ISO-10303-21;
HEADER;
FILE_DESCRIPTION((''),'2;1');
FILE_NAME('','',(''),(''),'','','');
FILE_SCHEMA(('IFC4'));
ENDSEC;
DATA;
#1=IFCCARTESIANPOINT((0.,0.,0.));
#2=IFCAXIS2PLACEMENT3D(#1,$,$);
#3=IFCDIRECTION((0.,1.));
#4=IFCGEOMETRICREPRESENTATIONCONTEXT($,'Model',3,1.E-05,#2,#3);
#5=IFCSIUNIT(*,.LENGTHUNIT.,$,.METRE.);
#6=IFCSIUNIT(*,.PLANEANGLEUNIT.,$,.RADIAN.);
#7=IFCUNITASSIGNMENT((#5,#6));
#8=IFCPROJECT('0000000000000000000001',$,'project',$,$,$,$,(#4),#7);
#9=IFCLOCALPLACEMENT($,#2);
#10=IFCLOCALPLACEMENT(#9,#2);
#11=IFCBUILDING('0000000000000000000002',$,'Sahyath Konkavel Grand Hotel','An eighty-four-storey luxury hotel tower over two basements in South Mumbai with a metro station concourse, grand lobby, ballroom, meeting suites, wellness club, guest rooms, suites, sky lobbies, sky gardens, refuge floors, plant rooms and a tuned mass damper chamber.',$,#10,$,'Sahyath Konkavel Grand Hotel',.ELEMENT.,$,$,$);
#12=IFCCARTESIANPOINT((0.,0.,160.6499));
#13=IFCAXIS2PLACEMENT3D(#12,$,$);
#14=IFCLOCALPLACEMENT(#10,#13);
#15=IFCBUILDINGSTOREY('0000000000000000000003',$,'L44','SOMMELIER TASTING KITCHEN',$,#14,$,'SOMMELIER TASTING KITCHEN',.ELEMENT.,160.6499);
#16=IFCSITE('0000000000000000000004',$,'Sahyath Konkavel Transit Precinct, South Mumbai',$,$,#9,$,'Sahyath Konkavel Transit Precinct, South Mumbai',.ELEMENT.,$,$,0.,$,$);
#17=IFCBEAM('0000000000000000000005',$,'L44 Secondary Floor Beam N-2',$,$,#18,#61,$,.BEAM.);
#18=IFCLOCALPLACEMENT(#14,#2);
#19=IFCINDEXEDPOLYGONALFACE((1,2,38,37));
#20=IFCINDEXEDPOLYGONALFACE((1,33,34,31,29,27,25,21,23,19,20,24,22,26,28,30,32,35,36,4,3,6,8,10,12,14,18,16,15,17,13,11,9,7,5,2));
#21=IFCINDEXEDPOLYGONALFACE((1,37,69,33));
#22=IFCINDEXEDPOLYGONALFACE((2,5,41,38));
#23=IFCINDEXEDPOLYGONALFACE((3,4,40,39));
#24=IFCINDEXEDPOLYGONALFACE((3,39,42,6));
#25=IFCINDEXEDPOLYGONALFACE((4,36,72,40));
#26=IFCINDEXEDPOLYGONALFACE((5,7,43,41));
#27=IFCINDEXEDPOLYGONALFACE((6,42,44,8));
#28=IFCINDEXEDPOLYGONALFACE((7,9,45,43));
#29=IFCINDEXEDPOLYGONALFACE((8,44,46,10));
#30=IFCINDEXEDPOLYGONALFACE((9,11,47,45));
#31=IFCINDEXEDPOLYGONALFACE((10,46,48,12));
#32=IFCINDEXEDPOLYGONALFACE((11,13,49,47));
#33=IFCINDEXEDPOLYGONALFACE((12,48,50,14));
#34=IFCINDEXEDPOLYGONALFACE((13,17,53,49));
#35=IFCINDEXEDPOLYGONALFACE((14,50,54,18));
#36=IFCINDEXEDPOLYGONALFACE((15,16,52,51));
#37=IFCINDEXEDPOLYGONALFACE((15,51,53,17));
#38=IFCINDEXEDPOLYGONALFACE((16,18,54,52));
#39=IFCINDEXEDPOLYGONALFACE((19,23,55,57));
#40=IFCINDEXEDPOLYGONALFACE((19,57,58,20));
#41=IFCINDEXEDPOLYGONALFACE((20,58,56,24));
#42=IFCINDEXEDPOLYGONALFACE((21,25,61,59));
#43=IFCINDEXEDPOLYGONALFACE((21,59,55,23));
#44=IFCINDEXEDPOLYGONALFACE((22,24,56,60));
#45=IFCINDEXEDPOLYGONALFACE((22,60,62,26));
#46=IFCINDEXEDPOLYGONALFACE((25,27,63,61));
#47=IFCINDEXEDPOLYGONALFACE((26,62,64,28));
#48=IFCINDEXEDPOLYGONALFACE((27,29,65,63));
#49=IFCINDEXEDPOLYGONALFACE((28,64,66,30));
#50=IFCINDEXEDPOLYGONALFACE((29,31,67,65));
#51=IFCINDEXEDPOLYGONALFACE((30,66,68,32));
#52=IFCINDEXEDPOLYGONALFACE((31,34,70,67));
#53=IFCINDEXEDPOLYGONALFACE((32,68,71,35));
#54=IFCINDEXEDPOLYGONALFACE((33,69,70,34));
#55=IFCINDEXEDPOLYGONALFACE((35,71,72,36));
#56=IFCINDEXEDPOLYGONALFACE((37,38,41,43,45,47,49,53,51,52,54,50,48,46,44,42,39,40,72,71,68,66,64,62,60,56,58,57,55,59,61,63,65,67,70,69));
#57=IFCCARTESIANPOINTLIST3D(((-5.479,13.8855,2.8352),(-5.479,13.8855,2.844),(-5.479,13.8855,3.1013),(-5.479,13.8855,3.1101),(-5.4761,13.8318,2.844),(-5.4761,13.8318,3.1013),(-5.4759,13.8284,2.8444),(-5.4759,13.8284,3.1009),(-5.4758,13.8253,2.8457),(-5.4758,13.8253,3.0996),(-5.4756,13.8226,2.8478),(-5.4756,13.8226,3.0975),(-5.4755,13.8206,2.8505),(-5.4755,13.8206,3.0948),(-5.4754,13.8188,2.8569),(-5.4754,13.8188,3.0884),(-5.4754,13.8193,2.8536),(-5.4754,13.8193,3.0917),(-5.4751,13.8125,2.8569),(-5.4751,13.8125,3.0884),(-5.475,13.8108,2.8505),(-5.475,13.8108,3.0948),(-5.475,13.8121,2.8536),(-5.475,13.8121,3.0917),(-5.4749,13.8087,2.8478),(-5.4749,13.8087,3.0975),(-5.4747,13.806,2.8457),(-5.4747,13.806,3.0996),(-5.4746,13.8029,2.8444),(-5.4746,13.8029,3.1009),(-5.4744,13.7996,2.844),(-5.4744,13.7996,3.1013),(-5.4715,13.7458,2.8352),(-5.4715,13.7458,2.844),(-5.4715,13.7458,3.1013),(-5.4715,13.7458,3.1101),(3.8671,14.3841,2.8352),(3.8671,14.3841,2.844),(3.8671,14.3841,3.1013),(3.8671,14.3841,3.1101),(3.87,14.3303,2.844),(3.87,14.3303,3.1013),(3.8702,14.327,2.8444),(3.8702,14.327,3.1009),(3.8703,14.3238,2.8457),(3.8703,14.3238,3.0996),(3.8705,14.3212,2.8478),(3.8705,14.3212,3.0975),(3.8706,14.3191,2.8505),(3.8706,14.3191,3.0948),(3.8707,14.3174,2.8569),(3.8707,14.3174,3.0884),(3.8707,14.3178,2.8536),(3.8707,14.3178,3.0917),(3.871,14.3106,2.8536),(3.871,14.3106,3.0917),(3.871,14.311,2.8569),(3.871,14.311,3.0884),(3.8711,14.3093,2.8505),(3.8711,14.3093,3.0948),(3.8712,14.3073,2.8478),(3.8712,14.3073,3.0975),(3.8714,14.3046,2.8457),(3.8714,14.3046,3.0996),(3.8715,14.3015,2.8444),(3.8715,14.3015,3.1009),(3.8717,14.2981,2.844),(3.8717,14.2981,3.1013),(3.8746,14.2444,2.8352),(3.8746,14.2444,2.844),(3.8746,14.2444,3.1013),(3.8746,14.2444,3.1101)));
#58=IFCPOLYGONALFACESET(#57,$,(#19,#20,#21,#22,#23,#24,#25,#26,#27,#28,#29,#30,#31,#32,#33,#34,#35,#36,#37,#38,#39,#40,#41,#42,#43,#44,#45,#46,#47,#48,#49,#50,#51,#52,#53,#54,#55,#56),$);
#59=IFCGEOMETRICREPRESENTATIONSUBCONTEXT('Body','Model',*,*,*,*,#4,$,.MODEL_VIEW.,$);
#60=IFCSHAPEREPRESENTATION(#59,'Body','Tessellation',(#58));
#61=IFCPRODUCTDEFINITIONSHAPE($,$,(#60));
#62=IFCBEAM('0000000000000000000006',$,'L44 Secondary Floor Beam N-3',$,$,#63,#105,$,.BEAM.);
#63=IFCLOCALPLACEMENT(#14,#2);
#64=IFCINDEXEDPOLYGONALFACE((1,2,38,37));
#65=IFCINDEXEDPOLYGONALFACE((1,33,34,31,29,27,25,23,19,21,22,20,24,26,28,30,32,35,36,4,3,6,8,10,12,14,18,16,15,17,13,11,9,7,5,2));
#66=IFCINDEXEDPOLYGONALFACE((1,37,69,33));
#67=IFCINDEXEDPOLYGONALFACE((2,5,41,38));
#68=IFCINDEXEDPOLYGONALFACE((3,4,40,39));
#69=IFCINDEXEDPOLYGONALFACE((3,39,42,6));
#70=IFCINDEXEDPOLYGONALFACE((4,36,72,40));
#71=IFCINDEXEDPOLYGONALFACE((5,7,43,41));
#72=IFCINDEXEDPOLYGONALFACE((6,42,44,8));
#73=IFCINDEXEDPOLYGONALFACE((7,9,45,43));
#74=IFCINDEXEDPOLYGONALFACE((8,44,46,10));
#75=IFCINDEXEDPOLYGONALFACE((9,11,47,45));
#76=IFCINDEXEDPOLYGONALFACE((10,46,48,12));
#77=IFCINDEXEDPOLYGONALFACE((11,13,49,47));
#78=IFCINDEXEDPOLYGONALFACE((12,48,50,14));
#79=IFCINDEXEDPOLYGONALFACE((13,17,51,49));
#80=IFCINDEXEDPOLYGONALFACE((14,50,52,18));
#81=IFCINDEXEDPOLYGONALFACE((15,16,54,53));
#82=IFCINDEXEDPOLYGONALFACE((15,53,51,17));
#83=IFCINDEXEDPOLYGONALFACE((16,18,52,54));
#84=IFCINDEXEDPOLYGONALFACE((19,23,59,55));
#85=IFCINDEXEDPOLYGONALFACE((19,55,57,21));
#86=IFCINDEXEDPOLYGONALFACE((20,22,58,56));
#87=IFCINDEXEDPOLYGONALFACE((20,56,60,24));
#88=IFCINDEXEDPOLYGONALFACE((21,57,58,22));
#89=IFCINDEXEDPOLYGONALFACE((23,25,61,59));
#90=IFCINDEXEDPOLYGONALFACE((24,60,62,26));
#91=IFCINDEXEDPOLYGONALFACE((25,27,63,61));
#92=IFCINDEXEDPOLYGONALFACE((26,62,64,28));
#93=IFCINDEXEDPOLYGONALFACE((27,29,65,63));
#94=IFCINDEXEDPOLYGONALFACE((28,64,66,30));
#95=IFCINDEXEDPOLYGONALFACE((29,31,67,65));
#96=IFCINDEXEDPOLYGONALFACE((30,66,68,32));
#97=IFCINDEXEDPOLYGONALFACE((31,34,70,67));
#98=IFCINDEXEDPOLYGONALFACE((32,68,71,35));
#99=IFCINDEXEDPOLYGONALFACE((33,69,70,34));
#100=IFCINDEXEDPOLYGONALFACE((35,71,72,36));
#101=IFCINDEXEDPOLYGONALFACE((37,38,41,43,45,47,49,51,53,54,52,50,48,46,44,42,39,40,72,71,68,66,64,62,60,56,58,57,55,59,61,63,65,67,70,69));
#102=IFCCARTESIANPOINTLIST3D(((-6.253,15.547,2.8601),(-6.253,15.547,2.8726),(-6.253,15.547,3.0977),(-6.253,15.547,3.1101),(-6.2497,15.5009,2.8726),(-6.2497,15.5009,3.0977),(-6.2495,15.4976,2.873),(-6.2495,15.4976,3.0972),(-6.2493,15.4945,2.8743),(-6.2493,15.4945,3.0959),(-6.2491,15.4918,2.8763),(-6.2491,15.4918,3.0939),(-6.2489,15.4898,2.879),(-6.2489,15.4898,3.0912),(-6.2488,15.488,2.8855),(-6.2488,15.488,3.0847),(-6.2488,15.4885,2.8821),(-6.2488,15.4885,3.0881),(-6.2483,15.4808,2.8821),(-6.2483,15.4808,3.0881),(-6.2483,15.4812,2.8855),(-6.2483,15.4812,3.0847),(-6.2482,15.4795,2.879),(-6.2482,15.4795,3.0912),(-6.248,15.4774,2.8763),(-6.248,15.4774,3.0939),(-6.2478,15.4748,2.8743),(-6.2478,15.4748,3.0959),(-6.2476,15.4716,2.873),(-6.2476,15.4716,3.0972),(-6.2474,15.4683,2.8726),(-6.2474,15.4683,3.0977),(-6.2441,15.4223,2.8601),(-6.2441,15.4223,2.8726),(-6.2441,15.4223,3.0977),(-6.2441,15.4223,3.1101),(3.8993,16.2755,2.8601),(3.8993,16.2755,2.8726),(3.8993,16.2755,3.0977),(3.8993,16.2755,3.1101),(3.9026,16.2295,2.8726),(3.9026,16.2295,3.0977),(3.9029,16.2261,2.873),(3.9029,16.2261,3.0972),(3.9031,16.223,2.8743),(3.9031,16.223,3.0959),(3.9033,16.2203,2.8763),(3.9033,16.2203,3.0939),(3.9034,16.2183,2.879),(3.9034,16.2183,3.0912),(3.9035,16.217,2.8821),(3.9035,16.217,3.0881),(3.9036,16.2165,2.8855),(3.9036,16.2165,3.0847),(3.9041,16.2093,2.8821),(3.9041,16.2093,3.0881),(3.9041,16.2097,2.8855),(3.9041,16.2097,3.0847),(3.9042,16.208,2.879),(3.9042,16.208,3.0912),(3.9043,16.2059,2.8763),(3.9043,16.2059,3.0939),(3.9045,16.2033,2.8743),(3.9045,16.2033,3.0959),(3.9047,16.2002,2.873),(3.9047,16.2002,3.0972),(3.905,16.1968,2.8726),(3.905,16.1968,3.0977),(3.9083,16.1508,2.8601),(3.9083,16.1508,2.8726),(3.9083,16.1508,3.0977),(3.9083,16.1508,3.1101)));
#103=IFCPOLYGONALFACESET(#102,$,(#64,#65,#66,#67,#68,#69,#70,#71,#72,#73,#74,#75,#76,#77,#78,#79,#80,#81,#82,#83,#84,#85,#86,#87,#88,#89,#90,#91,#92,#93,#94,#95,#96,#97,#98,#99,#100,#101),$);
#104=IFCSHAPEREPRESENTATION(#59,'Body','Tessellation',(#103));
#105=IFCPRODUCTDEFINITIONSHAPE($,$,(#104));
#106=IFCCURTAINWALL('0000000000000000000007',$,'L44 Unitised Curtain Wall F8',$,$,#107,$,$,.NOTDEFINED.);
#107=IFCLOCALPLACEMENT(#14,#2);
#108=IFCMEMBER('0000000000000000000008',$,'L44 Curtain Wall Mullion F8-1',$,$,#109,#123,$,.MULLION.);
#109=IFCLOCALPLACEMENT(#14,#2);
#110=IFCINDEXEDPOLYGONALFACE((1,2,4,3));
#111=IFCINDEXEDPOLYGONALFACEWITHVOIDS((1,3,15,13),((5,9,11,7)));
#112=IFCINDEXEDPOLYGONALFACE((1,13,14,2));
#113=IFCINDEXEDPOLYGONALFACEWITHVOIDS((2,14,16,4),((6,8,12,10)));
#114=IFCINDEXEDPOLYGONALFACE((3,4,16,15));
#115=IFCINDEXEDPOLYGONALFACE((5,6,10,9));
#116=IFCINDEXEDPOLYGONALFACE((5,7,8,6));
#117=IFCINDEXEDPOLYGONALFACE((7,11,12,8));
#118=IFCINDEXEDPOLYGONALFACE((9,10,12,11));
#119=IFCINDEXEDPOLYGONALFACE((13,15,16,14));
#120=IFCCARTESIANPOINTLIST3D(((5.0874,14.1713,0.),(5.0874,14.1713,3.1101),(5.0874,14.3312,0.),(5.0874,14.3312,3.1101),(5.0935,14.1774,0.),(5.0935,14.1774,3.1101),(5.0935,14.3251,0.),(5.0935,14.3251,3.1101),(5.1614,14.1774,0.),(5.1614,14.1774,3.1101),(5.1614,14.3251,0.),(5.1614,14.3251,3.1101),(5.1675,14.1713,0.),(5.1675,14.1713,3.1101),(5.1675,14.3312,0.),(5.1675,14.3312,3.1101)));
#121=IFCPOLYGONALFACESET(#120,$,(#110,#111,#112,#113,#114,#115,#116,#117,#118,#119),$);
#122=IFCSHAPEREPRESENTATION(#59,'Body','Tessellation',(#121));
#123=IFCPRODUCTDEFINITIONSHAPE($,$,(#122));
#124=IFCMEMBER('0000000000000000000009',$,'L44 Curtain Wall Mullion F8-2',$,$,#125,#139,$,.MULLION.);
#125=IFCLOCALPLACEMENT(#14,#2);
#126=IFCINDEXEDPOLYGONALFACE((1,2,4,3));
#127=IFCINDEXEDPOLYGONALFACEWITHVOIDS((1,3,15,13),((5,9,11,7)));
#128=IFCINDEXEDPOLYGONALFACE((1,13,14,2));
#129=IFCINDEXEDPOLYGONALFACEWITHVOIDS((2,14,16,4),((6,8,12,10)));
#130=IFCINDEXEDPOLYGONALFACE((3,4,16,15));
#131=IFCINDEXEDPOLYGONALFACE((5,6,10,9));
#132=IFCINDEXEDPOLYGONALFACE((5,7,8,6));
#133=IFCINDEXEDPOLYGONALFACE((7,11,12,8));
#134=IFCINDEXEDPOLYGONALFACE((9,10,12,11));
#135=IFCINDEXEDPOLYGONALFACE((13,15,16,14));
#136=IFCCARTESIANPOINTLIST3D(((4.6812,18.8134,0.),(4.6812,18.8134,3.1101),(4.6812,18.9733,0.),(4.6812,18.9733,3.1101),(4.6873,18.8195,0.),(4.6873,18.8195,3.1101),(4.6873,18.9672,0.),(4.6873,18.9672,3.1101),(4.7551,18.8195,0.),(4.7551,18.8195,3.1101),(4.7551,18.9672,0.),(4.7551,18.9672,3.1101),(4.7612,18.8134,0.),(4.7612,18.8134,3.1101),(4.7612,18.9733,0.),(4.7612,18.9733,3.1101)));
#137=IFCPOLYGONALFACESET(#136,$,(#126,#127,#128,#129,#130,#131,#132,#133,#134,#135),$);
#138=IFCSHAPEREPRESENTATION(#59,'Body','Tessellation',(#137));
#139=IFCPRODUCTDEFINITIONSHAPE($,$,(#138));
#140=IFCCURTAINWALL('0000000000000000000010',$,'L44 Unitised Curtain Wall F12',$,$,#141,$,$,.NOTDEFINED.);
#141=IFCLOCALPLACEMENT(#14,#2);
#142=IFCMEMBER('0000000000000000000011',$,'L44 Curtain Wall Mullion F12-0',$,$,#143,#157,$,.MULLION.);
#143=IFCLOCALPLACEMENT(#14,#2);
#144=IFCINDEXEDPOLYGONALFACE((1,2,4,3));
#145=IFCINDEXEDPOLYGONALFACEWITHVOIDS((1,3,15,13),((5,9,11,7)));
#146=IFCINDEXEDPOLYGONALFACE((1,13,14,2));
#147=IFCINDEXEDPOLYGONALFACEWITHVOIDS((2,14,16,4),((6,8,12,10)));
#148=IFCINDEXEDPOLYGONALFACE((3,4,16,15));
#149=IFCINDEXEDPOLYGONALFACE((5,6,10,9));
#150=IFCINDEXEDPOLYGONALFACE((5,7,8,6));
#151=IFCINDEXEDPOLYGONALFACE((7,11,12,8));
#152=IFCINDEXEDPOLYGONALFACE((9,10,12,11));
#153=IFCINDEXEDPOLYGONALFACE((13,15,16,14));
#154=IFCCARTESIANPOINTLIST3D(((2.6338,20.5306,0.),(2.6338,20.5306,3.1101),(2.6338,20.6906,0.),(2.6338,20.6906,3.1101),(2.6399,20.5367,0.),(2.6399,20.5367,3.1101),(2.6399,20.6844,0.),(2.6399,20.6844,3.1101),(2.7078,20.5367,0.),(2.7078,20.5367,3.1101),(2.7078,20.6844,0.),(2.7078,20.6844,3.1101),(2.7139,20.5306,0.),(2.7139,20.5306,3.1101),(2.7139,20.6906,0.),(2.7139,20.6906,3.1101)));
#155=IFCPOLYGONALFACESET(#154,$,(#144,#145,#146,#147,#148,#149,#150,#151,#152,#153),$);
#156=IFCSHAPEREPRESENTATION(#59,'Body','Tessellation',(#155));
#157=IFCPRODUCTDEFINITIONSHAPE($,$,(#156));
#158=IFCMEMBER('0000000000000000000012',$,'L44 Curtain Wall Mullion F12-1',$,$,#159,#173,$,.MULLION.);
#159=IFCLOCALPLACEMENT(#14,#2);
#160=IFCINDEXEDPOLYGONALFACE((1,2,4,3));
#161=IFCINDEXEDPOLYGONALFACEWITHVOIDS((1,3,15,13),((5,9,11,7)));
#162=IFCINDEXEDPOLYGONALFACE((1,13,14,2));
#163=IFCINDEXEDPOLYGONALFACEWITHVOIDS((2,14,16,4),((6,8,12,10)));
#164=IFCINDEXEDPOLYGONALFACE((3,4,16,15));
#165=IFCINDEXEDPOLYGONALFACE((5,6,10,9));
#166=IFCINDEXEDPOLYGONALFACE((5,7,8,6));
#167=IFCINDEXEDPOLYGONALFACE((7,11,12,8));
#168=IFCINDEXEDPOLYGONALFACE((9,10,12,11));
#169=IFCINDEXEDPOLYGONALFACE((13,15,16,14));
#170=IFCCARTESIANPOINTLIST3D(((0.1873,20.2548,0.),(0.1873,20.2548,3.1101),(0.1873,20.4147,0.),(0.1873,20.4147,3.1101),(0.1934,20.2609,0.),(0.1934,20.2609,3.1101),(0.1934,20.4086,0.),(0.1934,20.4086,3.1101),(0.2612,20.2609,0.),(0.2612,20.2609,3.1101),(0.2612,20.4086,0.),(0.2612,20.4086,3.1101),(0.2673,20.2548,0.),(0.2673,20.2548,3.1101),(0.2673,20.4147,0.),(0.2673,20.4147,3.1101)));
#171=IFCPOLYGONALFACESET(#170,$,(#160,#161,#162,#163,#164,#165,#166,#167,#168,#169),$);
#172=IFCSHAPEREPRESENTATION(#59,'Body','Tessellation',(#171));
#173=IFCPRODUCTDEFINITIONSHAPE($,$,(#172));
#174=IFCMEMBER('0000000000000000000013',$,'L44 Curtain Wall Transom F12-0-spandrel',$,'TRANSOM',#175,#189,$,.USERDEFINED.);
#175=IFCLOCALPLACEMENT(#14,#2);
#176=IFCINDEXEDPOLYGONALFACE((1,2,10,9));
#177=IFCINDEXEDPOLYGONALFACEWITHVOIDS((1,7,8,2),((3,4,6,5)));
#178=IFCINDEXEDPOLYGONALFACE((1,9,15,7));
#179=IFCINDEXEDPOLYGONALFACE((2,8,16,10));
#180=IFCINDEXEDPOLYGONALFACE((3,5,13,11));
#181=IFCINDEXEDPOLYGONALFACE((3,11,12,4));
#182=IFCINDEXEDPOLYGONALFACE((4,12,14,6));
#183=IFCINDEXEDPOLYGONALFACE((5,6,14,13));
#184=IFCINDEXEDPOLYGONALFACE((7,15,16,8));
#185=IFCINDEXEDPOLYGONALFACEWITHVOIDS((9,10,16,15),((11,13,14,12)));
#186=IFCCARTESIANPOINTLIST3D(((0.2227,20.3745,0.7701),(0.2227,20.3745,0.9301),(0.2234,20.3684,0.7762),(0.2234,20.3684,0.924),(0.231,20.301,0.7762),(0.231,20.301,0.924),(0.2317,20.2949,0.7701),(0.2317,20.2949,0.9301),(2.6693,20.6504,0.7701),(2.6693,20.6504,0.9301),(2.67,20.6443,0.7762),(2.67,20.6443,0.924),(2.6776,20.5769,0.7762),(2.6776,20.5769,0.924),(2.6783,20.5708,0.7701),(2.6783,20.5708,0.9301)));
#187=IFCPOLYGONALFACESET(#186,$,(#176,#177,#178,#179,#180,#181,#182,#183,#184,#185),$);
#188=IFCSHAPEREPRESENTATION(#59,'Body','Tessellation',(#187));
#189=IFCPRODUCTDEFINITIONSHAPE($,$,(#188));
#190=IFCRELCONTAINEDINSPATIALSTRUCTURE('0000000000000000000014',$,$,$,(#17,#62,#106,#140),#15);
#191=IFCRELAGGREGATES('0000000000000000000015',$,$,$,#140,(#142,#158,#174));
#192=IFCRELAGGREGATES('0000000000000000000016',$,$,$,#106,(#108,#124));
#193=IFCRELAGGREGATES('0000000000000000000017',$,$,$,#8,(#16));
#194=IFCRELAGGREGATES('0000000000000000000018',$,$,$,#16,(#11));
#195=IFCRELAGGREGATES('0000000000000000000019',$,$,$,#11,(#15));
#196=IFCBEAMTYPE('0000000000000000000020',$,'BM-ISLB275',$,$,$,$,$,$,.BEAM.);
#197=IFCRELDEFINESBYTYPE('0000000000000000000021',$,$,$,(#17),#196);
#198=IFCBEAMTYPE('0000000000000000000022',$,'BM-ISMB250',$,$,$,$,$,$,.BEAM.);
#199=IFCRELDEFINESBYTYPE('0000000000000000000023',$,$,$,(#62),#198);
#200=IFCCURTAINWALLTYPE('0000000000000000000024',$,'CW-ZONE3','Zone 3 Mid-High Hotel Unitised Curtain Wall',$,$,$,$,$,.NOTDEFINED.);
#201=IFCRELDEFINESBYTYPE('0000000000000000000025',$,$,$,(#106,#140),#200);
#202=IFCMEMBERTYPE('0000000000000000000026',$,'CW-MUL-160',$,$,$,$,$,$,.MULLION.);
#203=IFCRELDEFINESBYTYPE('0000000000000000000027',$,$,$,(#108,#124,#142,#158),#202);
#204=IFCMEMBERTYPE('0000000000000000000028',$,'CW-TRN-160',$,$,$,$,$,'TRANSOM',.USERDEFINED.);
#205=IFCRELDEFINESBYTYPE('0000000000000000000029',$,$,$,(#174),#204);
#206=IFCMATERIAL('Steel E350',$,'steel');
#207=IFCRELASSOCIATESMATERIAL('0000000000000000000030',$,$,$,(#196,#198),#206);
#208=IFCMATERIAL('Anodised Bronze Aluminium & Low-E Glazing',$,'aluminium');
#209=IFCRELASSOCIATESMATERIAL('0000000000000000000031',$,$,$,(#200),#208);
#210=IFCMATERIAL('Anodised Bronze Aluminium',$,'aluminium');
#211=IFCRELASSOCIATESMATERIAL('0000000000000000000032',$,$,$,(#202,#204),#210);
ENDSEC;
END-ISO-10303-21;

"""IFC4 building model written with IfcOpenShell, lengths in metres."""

from ifc_helpers import new_model, si_unit, direction, frame, origin, origin_2d, place, context, subcontext, project, spatial, hollow_rectangle, i_section, extrude, source, transform, mapped, material, material_profile, profile_set, type_object, element, aggregate, save


model = new_model("IFC4")

# Units and contexts
model_context = context("Model", 3, precision=1e-05, world=origin(), true_north=direction((0.0, 1.0)))
body_context = subcontext(model_context, "Body", "Model", "MODEL_VIEW")
ifc_project = project(units=[si_unit("LENGTHUNIT", "METRE"), si_unit("PLANEANGLEUNIT", "RADIAN")], contexts=[model_context])

# Site, building, storey
site_placement = place(None, origin())
site = spatial("IfcSite", under=ifc_project, at=site_placement, Name="Sahyath Konkavel Transit Precinct, South Mumbai", LongName="Sahyath Konkavel Transit Precinct, South Mumbai", CompositionType="ELEMENT", RefElevation=0.0)
building_placement = place(site_placement, origin())
building = spatial("IfcBuilding", under=site, at=building_placement, Name="Sahyath Konkavel Grand Hotel", Description="An eighty-four-storey luxury hotel tower over two basements in South Mumbai with a metro station concourse, grand lobby, ballroom, meeting suites, wellness club, guest rooms, suites, sky lobbies, sky gardens, refuge floors, plant rooms and a tuned mass damper chamber.", LongName="Sahyath Konkavel Grand Hotel", CompositionType="ELEMENT")
storey_placement = place(building_placement, frame((0.0, 0.0, 160.6499)))
storey = spatial("IfcBuildingStorey", under=building, at=storey_placement, Name="L44", Description="SOMMELIER TASTING KITCHEN", LongName="SOMMELIER TASTING KITCHEN", CompositionType="ELEMENT", Elevation=160.6499)

# Beams
ifc_material_1 = material(Name="Steel E350", Category="steel")
ifc_material_profile_1 = material_profile(ifc_material_1, i_section(OverallWidth=0.1399, OverallDepth=0.2749, WebThickness=0.0063, FlangeThickness=0.0088, FilletRadius=0.0129, at=origin_2d()), Name="ISLB 275")
ifc_profile_set_1 = profile_set([ifc_material_profile_1], Name="Steel E350")
beam_type_1 = type_object("IfcBeamType", Name="BM-ISLB275", PredefinedType="BEAM", material=ifc_profile_set_1)
shared_shape_1 = source(origin(), body_context, "Body", "SweptSolid", [
    extrude(i_section(OverallWidth=0.1399, OverallDepth=0.2749, WebThickness=0.0063, FlangeThickness=0.0088, FilletRadius=0.0129, at=origin_2d()), origin(), (0.0, 0.0, 1.0), 9.3594),
])
beam_1_placement = place(storey_placement, frame((3.8708, 14.3142, 2.9727), z_axis=(-0.99858, -0.053265, 0.0), x_axis=(0.053265, -0.99858, 0.0)))
element("IfcBeam", 1, at=beam_1_placement, inside=storey, type_object=beam_type_1, Name="L44 Secondary Floor Beam N-2", PredefinedType="BEAM", context=body_context, shape_type="MappedRepresentation", body=[
    mapped(shared_shape_1, transform((0.0, 0.0, 0.0), scale=1.0)),
])
ifc_material_profile_2 = material_profile(ifc_material_1, i_section(OverallWidth=0.125, OverallDepth=0.25, WebThickness=0.0068, FlangeThickness=0.0125, FilletRadius=0.0129, at=origin_2d()), Name="ISMB 250")
ifc_profile_set_2 = profile_set([ifc_material_profile_2], Name="Steel E350")
beam_type_2 = type_object("IfcBeamType", Name="BM-ISMB250", PredefinedType="BEAM", material=ifc_profile_set_2)
shared_shape_2 = source(origin(), body_context, "Body", "SweptSolid", [
    extrude(i_section(OverallWidth=0.125, OverallDepth=0.25, WebThickness=0.0068, FlangeThickness=0.0125, FilletRadius=0.0129, at=origin_2d()), origin(), (0.0, 0.0, 1.0), 10.1785),
])
beam_2_placement = place(storey_placement, frame((3.9038, 16.2131, 2.9851), z_axis=(-0.997435, -0.071574, 0.0), x_axis=(0.071574, -0.997435, 0.0)))
element("IfcBeam", 2, at=beam_2_placement, inside=storey, type_object=beam_type_2, Name="L44 Secondary Floor Beam N-3", PredefinedType="BEAM", context=body_context, shape_type="MappedRepresentation", body=[
    mapped(shared_shape_2, transform((0.0, 0.0, 0.0), scale=1.0)),
])

# Curtain wall, members
ifc_material_2 = material(Name="Anodised Bronze Aluminium & Low-E Glazing", Category="aluminium")
curtain_wall_type = type_object("IfcCurtainWallType", Name="CW-ZONE3", Description="Zone 3 Mid-High Hotel Unitised Curtain Wall", PredefinedType="NOTDEFINED", material=ifc_material_2)
curtain_wall_1_placement = place(storey_placement, origin())
curtain_wall_1 = element("IfcCurtainWall", 3, at=curtain_wall_1_placement, inside=storey, type_object=curtain_wall_type, Name="L44 Unitised Curtain Wall F8", PredefinedType="NOTDEFINED")
ifc_material_3 = material(Name="Anodised Bronze Aluminium", Category="aluminium")
ifc_material_profile_3 = material_profile(ifc_material_3, hollow_rectangle(XDim=0.0801, YDim=0.1599, WallThickness=0.0061, at=origin_2d()), Name="RHS 160x80x6")
ifc_profile_set_3 = profile_set([ifc_material_profile_3], Name="Anodised Bronze Aluminium")
member_type_1 = type_object("IfcMemberType", Name="CW-MUL-160", PredefinedType="MULLION", material=ifc_profile_set_3)
shared_shape_3 = source(origin(), body_context, "Body", "SweptSolid", [
    extrude(hollow_rectangle(XDim=0.0801, YDim=0.1599, WallThickness=0.0061, at=origin_2d()), origin(), (0.0, 0.0, 1.0), 3.1101),
])
member_1_placement = place(storey_placement, frame((5.1274, 14.2512, 0.0), z_axis=(0.0, 0.0, 1.0), x_axis=(1.0, 0.0, 0.0)))
member_1 = element("IfcMember", 4, at=member_1_placement, type_object=member_type_1, Name="L44 Curtain Wall Mullion F8-1", PredefinedType="MULLION", context=body_context, shape_type="MappedRepresentation", body=[
    mapped(shared_shape_3, transform((0.0, 0.0, 0.0), scale=1.0)),
])
member_2_placement = place(storey_placement, frame((4.7212, 18.8933, 0.0), z_axis=(0.0, 0.0, 1.0), x_axis=(1.0, 0.0, 0.0)))
member_2 = element("IfcMember", 5, at=member_2_placement, type_object=member_type_1, Name="L44 Curtain Wall Mullion F8-2", PredefinedType="MULLION", context=body_context, shape_type="MappedRepresentation", body=[
    mapped(shared_shape_3, transform((0.0, 0.0, 0.0), scale=1.0)),
])

# Curtain wall, members
curtain_wall_2_placement = place(storey_placement, origin())
curtain_wall_2 = element("IfcCurtainWall", 6, at=curtain_wall_2_placement, inside=storey, type_object=curtain_wall_type, Name="L44 Unitised Curtain Wall F12", PredefinedType="NOTDEFINED")
member_3_placement = place(storey_placement, frame((2.6738, 20.6106, 0.0), z_axis=(0.0, 0.0, 1.0), x_axis=(1.0, 0.0, 0.0)))
member_3 = element("IfcMember", 7, at=member_3_placement, type_object=member_type_1, Name="L44 Curtain Wall Mullion F12-0", PredefinedType="MULLION", context=body_context, shape_type="MappedRepresentation", body=[
    mapped(shared_shape_3, transform((0.0, 0.0, 0.0), scale=1.0)),
])
member_4_placement = place(storey_placement, frame((0.2273, 20.3347, 0.0), z_axis=(0.0, 0.0, 1.0), x_axis=(1.0, 0.0, 0.0)))
member_4 = element("IfcMember", 8, at=member_4_placement, type_object=member_type_1, Name="L44 Curtain Wall Mullion F12-1", PredefinedType="MULLION", context=body_context, shape_type="MappedRepresentation", body=[
    mapped(shared_shape_3, transform((0.0, 0.0, 0.0), scale=1.0)),
])
ifc_material_profile_4 = material_profile(ifc_material_3, hollow_rectangle(XDim=0.0801, YDim=0.1599, WallThickness=0.0061, at=origin_2d()), Name="RHS 160x80x6")
ifc_profile_set_4 = profile_set([ifc_material_profile_4], Name="Anodised Bronze Aluminium")
member_type_2 = type_object("IfcMemberType", Name="CW-TRN-160", ElementType="TRANSOM", PredefinedType="USERDEFINED", material=ifc_profile_set_4)
shared_shape_4 = source(origin(), body_context, "Body", "SweptSolid", [
    extrude(hollow_rectangle(XDim=0.0801, YDim=0.1599, WallThickness=0.0061, at=origin_2d()), origin(), (0.0, 0.0, 1.0), 2.4622),
])
member_5_placement = place(storey_placement, frame((2.6738, 20.6106, 0.8501), z_axis=(-0.993702, -0.112053, 0.0), x_axis=(0.112053, -0.993702, 0.0)))
member_5 = element("IfcMember", 9, at=member_5_placement, type_object=member_type_2, Name="L44 Curtain Wall Transom F12-0-spandrel", ObjectType="TRANSOM", PredefinedType="USERDEFINED", context=body_context, shape_type="MappedRepresentation", body=[
    mapped(shared_shape_4, transform((0.0, 0.0, 0.0), scale=1.0)),
])

aggregate(curtain_wall_2, [member_3, member_4, member_5])
aggregate(curtain_wall_1, [member_1, member_2])

save(model, "model.ifc")
